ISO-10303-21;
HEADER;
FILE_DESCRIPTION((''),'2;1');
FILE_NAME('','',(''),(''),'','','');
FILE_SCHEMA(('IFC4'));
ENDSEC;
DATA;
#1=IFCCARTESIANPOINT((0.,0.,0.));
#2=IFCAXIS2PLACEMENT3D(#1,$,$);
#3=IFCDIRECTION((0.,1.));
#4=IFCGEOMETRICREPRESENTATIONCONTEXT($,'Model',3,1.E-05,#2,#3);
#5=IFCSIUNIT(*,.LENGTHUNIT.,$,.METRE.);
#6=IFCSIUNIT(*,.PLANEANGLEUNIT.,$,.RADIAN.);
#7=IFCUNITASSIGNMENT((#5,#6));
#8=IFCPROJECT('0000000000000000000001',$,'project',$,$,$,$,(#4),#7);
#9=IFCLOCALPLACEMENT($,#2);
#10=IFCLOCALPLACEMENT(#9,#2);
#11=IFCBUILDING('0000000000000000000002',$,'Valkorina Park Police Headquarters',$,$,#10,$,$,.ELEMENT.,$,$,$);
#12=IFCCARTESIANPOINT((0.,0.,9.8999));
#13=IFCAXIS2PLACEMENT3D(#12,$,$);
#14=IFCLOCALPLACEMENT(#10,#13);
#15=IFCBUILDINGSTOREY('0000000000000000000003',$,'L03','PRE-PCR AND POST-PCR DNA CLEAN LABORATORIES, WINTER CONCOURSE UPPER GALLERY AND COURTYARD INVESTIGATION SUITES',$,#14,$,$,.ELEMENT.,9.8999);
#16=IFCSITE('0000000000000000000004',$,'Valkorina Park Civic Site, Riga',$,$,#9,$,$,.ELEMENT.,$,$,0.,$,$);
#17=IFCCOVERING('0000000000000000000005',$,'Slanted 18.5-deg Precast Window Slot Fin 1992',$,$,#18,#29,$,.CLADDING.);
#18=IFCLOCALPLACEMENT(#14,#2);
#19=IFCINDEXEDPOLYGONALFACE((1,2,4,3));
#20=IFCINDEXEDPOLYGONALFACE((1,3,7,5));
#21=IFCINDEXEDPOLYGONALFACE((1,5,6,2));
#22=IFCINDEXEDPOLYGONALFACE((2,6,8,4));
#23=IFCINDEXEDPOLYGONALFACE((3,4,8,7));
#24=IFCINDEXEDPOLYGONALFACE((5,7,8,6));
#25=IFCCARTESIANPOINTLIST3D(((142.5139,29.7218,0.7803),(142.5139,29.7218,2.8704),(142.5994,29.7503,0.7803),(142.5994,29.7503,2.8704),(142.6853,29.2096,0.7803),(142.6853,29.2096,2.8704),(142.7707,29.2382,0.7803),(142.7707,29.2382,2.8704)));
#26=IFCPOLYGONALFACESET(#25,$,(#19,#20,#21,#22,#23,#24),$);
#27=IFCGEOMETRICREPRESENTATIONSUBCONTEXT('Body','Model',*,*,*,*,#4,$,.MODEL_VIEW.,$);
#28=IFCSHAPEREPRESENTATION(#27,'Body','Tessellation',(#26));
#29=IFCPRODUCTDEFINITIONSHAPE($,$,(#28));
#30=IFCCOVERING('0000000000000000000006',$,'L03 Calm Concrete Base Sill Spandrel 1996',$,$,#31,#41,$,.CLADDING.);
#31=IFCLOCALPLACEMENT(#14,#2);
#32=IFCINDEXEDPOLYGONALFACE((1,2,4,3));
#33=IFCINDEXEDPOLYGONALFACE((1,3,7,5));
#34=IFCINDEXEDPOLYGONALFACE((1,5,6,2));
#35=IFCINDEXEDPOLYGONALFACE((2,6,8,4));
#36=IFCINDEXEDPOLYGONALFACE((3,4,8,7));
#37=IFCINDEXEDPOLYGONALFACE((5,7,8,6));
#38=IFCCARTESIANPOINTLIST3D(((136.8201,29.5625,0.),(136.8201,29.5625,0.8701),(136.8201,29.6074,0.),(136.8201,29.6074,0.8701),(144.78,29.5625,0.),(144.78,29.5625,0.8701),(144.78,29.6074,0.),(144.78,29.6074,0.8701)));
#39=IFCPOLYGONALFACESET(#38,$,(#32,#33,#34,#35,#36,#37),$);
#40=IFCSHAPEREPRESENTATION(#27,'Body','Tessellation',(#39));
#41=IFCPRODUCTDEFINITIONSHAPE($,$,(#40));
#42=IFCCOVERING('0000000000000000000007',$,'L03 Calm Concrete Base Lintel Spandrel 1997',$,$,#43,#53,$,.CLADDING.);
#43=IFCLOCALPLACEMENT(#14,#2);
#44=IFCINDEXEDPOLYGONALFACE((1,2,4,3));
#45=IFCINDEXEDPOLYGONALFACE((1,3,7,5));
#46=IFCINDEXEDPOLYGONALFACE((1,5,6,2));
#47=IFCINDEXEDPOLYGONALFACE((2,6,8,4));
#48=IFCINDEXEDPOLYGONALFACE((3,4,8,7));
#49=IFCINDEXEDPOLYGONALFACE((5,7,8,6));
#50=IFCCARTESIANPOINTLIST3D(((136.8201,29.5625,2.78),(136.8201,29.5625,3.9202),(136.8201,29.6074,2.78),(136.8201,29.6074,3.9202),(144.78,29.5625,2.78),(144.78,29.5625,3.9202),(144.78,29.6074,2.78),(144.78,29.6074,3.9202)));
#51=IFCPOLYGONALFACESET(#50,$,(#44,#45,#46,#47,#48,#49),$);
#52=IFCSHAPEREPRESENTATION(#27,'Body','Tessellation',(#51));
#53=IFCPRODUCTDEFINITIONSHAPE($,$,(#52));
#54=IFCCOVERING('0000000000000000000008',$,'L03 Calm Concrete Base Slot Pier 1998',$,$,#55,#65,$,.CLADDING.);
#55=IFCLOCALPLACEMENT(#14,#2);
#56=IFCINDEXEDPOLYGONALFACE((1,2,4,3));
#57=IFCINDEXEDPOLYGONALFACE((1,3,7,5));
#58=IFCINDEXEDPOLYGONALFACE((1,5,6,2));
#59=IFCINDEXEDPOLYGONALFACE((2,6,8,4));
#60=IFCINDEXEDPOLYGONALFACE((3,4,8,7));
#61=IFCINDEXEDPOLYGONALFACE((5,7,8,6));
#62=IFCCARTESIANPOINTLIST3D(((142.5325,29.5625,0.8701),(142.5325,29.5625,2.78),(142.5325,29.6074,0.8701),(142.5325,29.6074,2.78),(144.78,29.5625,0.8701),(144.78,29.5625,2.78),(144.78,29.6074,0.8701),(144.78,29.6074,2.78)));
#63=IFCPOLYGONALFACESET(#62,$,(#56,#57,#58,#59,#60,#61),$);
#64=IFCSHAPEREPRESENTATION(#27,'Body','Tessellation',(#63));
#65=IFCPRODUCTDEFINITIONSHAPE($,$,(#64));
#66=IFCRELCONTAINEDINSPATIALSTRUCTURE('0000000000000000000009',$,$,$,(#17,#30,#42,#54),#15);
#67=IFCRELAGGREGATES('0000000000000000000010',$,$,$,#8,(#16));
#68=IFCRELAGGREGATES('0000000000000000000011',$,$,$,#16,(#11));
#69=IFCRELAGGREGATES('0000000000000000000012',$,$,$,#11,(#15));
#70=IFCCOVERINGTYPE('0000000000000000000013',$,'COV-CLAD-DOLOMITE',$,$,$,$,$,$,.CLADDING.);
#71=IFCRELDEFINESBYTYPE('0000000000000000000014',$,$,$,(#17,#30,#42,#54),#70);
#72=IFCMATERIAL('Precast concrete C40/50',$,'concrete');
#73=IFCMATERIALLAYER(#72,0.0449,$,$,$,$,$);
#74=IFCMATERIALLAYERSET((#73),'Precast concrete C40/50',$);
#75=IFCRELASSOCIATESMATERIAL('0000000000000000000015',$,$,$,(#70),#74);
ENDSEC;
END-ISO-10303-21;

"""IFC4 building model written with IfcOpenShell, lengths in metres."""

from ifc_helpers import new_model, si_unit, direction, frame, frame_2d, origin, origin_2d, place, context, subcontext, project, spatial, rectangle, extrude, material, layer, layer_set, type_object, element, save


model = new_model("IFC4")

# Units and contexts
model_context = context("Model", 3, precision=1e-05, world=origin(), true_north=direction((0.0, 1.0)))
body_context = subcontext(model_context, "Body", "Model", "MODEL_VIEW")
ifc_project = project(units=[si_unit("LENGTHUNIT", "METRE"), si_unit("PLANEANGLEUNIT", "RADIAN")], contexts=[model_context])

# Site, building, storey
site_placement = place(None, origin())
site = spatial("IfcSite", under=ifc_project, at=site_placement, Name="Valkorina Park Civic Site, Riga", CompositionType="ELEMENT", RefElevation=0.0)
building_placement = place(site_placement, origin())
building = spatial("IfcBuilding", under=site, at=building_placement, Name="Valkorina Park Police Headquarters", CompositionType="ELEMENT")
storey_placement = place(building_placement, frame((0.0, 0.0, 9.8999)))
storey = spatial("IfcBuildingStorey", under=building, at=storey_placement, Name="L03", Description="PRE-PCR AND POST-PCR DNA CLEAN LABORATORIES, WINTER CONCOURSE UPPER GALLERY AND COURTYARD INVESTIGATION SUITES", CompositionType="ELEMENT", Elevation=9.8999)

# Shared definitions
ifc_material_1 = material(Name="Precast concrete C40/50", Category="concrete")

# Coverings
ifc_layer_1 = layer(ifc_material_1, 0.0449)
ifc_layer_set_1 = layer_set([ifc_layer_1], Name="Precast concrete C40/50")
covering_type = type_object("IfcCoveringType", Name="COV-CLAD-DOLOMITE", PredefinedType="CLADDING", material=ifc_layer_set_1)
covering_1_placement = place(storey_placement, frame((142.6423, 29.48, 0.7803), z_axis=(0.0, 0.0, 1.0), x_axis=(0.317305, -0.948324, 0.0)))
element("IfcCovering", 1, at=covering_1_placement, inside=storey, type_object=covering_type, Name="Slanted 18.5-deg Precast Window Slot Fin 1992", PredefinedType="CLADDING", context=body_context, shape_type="SweptSolid", body=[
    extrude(rectangle(XDim=0.54, YDim=0.0901, at=origin_2d()), origin(), (0.0, 0.0, 1.0), 2.0901),
])
covering_2_placement = place(storey_placement, frame((144.78, 29.585, 0.0), z_axis=(0.0, 0.0, 1.0), x_axis=(-1.0, 0.0, 0.0)))
element("IfcCovering", 2, at=covering_2_placement, inside=storey, type_object=covering_type, Name="L03 Calm Concrete Base Sill Spandrel 1996", PredefinedType="CLADDING", context=body_context, shape_type="SweptSolid", body=[
    extrude(rectangle(XDim=7.96, YDim=0.0449, at=frame_2d((3.98, 0.0))), origin(), (0.0, 0.0, 1.0), 0.8701),
])
covering_3_placement = place(storey_placement, frame((144.78, 29.585, 2.78), z_axis=(0.0, 0.0, 1.0), x_axis=(-1.0, 0.0, 0.0)))
element("IfcCovering", 3, at=covering_3_placement, inside=storey, type_object=covering_type, Name="L03 Calm Concrete Base Lintel Spandrel 1997", PredefinedType="CLADDING", context=body_context, shape_type="SweptSolid", body=[
    extrude(rectangle(XDim=7.96, YDim=0.0449, at=frame_2d((3.98, 0.0))), origin(), (0.0, 0.0, 1.0), 1.1401),
])
covering_4_placement = place(storey_placement, frame((144.78, 29.585, 0.8701), z_axis=(0.0, 0.0, 1.0), x_axis=(-1.0, 0.0, 0.0)))
element("IfcCovering", 4, at=covering_4_placement, inside=storey, type_object=covering_type, Name="L03 Calm Concrete Base Slot Pier 1998", PredefinedType="CLADDING", context=body_context, shape_type="SweptSolid", body=[
    extrude(rectangle(XDim=2.2476, YDim=0.0449, at=frame_2d((1.1238, 0.0))), origin(), (0.0, 0.0, 1.0), 1.9099),
])

save(model, "model.ifc")
